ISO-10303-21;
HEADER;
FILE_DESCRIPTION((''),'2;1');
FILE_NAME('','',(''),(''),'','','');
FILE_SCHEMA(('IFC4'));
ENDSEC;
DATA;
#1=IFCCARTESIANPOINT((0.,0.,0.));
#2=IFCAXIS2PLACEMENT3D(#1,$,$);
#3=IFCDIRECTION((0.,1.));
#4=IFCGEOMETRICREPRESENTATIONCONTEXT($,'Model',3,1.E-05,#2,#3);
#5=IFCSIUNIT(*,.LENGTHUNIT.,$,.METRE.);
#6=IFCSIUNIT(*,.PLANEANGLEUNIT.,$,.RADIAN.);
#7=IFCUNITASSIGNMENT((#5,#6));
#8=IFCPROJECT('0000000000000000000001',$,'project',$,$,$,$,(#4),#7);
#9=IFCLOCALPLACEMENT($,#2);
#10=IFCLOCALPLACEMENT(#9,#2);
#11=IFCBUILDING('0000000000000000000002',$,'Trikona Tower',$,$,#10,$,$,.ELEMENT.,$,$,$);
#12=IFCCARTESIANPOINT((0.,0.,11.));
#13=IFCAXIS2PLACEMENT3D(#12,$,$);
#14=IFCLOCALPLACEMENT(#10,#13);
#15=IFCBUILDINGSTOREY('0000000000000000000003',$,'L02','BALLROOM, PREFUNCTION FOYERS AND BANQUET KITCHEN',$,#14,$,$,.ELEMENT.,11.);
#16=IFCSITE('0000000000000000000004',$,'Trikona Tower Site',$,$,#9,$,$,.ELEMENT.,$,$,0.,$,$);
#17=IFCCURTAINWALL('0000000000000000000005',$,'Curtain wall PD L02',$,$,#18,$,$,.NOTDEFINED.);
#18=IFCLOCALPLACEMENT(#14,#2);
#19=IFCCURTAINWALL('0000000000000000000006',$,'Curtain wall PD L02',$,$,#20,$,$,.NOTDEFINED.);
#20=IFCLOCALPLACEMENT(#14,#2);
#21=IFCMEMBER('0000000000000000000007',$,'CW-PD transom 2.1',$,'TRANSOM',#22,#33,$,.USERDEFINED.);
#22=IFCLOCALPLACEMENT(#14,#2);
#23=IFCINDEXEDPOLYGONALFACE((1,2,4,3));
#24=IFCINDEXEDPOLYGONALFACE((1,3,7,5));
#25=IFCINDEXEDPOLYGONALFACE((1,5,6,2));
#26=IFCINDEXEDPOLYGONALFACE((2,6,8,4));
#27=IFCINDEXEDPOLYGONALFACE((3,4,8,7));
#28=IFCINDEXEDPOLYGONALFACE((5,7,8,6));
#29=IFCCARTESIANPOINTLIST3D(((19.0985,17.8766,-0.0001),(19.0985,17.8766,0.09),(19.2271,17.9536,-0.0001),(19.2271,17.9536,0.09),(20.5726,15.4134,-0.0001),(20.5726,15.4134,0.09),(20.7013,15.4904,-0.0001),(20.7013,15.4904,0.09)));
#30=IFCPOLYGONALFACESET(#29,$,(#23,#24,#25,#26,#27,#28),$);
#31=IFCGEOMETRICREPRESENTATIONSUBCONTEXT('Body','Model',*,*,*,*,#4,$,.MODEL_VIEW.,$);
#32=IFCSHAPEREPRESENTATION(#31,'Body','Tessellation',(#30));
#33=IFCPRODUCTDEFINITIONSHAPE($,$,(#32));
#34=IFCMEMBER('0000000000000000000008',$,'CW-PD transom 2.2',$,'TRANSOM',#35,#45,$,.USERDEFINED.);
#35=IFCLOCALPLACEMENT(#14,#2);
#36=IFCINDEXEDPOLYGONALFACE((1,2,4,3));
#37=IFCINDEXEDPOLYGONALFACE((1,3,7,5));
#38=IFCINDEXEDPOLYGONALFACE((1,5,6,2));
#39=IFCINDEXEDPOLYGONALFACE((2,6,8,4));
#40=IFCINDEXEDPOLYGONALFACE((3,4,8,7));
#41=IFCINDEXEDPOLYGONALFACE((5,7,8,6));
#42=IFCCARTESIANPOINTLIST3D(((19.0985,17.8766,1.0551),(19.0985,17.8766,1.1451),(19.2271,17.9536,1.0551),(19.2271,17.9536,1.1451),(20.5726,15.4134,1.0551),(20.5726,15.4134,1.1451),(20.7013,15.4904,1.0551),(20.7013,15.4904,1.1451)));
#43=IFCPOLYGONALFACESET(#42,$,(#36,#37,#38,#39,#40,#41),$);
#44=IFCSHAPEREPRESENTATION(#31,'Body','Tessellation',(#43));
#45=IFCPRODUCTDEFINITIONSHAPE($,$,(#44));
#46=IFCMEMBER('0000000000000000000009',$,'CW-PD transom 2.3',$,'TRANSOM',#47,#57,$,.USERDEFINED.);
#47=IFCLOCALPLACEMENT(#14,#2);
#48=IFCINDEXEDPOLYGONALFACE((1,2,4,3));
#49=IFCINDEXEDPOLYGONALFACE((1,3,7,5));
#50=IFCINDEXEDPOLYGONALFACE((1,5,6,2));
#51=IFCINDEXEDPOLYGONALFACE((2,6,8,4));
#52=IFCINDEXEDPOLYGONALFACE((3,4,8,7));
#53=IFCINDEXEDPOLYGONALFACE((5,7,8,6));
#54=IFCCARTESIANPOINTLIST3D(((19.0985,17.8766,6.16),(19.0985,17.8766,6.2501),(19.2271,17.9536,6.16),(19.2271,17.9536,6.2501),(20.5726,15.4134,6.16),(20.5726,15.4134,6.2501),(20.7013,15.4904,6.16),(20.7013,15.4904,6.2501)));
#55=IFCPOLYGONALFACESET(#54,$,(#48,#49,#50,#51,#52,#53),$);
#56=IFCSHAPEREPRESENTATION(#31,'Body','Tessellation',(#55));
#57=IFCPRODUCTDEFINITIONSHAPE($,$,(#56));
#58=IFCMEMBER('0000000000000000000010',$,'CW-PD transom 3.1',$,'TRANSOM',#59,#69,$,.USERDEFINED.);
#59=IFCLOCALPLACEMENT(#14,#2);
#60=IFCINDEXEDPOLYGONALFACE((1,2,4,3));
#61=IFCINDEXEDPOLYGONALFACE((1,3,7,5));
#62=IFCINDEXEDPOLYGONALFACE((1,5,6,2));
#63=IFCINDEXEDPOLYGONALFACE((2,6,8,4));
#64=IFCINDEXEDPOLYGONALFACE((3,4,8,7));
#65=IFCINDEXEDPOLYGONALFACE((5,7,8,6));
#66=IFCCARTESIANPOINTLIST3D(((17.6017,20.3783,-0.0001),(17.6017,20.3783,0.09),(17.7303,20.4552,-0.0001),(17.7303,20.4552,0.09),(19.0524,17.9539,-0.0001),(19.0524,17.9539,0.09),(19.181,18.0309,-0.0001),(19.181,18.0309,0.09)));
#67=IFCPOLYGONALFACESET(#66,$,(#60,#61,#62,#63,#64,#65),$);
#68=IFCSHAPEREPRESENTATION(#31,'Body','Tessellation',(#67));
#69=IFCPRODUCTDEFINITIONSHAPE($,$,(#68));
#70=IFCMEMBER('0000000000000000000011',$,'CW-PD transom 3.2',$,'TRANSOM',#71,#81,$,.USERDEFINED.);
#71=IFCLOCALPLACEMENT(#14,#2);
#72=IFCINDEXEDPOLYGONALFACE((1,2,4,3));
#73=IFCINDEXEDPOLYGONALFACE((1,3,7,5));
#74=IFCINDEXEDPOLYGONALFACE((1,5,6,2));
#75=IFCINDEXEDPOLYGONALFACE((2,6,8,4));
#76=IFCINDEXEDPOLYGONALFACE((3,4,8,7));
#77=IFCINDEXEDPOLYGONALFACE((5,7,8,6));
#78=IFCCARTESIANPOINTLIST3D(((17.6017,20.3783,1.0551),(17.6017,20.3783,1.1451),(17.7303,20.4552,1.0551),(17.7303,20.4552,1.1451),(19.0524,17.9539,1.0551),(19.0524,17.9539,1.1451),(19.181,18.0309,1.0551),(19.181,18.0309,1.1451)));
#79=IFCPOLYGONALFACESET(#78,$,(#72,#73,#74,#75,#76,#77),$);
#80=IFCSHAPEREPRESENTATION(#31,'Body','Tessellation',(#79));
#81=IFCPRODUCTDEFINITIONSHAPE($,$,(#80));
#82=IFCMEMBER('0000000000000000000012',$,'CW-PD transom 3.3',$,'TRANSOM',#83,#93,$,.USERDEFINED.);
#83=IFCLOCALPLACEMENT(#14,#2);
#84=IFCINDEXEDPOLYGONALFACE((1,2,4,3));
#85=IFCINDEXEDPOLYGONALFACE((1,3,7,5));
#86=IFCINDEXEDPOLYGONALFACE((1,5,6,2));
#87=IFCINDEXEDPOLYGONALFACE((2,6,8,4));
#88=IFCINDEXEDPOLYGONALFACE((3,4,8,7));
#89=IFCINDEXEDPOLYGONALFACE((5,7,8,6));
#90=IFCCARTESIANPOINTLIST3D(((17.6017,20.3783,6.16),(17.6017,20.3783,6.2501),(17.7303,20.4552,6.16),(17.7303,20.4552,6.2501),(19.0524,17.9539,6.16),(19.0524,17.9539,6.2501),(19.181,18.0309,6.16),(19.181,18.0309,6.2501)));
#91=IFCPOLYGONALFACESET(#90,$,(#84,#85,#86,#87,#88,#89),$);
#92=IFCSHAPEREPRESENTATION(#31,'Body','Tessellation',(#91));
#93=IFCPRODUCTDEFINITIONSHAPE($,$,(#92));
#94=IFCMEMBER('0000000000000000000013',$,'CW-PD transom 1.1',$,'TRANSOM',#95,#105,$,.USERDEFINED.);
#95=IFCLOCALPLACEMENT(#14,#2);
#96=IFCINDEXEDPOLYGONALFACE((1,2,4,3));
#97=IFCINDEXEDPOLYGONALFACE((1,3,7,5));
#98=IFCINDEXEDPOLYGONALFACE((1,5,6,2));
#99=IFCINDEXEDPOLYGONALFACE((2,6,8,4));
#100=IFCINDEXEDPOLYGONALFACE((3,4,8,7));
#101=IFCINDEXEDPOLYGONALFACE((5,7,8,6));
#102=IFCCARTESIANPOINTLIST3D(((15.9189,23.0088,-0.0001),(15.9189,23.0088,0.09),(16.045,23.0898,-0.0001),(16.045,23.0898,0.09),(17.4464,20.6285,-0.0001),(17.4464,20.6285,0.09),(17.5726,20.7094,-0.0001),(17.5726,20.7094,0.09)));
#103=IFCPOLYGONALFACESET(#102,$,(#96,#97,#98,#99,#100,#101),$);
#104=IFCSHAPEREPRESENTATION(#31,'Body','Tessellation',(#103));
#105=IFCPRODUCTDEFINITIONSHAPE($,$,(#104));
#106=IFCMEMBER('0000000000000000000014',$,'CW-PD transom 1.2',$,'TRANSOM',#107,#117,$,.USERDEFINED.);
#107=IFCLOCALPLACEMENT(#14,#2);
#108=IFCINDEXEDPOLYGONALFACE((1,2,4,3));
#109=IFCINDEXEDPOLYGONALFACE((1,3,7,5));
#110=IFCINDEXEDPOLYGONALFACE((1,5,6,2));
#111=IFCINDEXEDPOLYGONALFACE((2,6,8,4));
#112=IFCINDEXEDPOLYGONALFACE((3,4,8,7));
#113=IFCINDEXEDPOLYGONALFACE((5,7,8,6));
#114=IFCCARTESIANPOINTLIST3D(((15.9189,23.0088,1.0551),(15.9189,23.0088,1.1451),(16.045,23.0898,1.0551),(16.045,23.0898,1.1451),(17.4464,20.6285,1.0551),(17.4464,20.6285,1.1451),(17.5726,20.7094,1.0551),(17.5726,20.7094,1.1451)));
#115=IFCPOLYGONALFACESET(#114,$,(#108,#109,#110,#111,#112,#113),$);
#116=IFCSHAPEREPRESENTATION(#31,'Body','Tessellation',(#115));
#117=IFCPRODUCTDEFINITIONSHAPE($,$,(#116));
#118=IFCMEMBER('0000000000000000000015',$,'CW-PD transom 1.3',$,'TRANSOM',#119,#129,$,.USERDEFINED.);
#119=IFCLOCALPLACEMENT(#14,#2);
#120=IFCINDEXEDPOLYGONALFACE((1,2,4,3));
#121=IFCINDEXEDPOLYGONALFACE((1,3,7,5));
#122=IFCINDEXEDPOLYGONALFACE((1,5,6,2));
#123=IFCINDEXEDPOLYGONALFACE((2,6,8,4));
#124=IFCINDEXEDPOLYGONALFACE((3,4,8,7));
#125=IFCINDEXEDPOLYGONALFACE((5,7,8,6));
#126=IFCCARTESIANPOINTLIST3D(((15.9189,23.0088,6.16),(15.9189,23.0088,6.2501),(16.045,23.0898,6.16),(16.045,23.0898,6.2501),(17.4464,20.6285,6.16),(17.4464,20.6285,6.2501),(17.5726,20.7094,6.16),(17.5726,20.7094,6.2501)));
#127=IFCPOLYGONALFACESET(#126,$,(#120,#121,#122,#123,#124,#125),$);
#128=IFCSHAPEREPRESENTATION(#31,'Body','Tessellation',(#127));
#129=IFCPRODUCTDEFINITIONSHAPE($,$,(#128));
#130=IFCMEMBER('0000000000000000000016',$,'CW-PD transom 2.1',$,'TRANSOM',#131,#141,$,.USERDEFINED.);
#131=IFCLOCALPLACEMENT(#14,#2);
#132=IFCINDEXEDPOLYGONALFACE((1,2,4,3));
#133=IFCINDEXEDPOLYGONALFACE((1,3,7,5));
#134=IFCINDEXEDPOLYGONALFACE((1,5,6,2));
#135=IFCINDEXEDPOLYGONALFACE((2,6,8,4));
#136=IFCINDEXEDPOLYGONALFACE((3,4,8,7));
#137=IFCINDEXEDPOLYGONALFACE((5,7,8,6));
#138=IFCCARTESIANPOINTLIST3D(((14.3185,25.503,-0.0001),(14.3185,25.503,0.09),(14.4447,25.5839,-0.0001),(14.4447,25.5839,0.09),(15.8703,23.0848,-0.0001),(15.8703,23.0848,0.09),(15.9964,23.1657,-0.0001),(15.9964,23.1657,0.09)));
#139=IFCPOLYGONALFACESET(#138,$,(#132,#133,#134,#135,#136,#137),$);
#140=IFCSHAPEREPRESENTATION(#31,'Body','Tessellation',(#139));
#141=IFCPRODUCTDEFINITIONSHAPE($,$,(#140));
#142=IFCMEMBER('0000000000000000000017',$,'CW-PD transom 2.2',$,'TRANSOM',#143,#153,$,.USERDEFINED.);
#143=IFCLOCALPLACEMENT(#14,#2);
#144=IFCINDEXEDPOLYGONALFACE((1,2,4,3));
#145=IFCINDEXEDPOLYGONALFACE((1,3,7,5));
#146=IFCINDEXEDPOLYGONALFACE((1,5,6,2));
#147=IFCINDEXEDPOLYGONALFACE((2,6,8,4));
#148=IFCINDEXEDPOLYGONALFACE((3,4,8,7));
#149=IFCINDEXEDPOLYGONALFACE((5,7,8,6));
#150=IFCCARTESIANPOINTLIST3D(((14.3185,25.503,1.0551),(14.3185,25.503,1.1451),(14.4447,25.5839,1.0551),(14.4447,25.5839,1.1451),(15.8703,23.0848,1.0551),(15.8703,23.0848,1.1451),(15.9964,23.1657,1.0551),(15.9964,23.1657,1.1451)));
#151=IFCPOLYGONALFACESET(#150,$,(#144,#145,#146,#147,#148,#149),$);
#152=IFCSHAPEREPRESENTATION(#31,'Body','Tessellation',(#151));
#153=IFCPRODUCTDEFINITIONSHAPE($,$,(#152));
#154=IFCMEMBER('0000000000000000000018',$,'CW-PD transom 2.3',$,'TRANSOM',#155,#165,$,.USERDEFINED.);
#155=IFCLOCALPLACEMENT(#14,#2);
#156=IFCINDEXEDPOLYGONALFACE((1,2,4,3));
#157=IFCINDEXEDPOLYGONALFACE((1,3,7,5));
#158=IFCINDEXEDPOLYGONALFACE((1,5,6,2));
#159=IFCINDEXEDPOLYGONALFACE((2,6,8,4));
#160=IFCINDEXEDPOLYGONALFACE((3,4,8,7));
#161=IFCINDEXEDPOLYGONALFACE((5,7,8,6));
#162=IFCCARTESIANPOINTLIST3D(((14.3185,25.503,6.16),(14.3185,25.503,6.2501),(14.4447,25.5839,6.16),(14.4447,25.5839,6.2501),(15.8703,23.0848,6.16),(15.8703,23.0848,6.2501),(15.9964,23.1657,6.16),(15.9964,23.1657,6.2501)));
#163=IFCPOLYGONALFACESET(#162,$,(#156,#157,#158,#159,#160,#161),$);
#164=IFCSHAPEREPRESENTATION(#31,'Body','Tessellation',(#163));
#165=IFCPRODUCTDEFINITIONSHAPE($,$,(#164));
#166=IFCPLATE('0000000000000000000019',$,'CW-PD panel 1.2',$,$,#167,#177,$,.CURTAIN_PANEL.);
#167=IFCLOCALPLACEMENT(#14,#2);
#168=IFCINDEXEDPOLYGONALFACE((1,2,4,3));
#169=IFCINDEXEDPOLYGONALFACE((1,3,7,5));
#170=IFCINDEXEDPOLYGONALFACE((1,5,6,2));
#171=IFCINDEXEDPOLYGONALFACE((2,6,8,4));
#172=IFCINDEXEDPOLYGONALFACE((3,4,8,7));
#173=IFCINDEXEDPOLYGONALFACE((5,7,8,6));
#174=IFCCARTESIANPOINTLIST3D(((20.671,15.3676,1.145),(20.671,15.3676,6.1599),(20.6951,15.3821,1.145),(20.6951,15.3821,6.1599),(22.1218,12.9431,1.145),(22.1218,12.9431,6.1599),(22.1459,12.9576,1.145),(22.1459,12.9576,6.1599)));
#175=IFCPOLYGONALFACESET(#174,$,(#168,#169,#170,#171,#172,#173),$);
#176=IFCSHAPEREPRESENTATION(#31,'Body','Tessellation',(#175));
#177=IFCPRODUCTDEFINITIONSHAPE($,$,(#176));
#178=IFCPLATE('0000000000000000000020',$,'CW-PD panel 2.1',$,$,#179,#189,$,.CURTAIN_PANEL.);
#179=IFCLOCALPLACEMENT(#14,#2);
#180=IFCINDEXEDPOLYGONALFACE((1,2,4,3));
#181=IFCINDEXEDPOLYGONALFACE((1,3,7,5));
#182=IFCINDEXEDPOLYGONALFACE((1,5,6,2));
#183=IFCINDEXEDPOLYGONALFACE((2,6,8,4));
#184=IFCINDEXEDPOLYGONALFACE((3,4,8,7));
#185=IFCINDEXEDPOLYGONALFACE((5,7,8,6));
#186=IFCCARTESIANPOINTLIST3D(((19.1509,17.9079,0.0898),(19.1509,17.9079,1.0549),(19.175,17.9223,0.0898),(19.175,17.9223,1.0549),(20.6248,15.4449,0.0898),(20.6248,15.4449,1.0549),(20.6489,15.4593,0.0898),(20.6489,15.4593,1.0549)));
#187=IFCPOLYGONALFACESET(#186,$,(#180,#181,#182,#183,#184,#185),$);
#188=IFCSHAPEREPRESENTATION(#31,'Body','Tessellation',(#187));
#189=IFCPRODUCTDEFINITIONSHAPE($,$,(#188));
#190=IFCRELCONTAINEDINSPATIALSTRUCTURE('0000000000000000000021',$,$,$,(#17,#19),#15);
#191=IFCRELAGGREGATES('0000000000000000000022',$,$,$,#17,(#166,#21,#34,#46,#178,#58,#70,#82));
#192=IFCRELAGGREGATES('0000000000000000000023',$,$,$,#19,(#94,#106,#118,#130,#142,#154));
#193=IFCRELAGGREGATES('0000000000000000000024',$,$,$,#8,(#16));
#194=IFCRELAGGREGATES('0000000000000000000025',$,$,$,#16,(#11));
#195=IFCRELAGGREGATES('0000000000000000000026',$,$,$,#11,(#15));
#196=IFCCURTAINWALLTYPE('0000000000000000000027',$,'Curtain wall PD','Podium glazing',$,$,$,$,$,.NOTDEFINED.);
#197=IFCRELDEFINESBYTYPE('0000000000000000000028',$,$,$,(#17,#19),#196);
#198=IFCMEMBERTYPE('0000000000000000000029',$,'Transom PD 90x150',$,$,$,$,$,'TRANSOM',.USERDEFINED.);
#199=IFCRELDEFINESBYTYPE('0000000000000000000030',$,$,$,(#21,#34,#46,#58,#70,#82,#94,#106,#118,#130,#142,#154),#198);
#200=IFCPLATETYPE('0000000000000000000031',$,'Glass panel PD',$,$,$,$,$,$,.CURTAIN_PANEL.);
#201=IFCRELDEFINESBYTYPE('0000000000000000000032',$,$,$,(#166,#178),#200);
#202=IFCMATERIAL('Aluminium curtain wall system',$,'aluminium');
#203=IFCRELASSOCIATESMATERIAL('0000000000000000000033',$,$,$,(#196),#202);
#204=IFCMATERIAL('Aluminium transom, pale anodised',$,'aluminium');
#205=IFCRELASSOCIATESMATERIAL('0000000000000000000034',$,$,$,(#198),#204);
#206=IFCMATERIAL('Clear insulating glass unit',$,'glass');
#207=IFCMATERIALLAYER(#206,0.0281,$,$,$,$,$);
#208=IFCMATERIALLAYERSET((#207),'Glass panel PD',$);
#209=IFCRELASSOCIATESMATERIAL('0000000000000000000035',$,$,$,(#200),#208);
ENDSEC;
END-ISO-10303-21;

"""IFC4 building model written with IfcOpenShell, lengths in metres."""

from ifc_helpers import new_model, si_unit, direction, frame, origin, origin_2d, place, context, subcontext, project, spatial, rectangle, extrude, material, layer, layer_set, material_profile, profile_set, type_object, element, aggregate, save


model = new_model("IFC4")

# Units and contexts
model_context = context("Model", 3, precision=1e-05, world=origin(), true_north=direction((0.0, 1.0)))
body_context = subcontext(model_context, "Body", "Model", "MODEL_VIEW")
ifc_project = project(units=[si_unit("LENGTHUNIT", "METRE"), si_unit("PLANEANGLEUNIT", "RADIAN")], contexts=[model_context])

# Site, building, storey
site_placement = place(None, origin())
site = spatial("IfcSite", under=ifc_project, at=site_placement, Name="Trikona Tower Site", CompositionType="ELEMENT", RefElevation=0.0)
building_placement = place(site_placement, origin())
building = spatial("IfcBuilding", under=site, at=building_placement, Name="Trikona Tower", CompositionType="ELEMENT")
storey_placement = place(building_placement, frame((0.0, 0.0, 11.0)))
storey = spatial("IfcBuildingStorey", under=building, at=storey_placement, Name="L02", Description="BALLROOM, PREFUNCTION FOYERS AND BANQUET KITCHEN", CompositionType="ELEMENT", Elevation=11.0)

# Curtain walls
ifc_material_1 = material(Name="Aluminium curtain wall system", Category="aluminium")
curtain_wall_type = type_object("IfcCurtainWallType", Name="Curtain wall PD", Description="Podium glazing", PredefinedType="NOTDEFINED", material=ifc_material_1)
curtain_wall_1_placement = place(storey_placement, origin())
curtain_wall_1 = element("IfcCurtainWall", 1, at=curtain_wall_1_placement, inside=storey, type_object=curtain_wall_type, Name="Curtain wall PD L02", PredefinedType="NOTDEFINED")
curtain_wall_2_placement = place(storey_placement, origin())
curtain_wall_2 = element("IfcCurtainWall", 2, at=curtain_wall_2_placement, inside=storey, type_object=curtain_wall_type, Name="Curtain wall PD L02", PredefinedType="NOTDEFINED")

# Members
ifc_material_2 = material(Name="Aluminium transom, pale anodised", Category="aluminium")
ifc_material_profile_1 = material_profile(ifc_material_2, rectangle(XDim=0.1499, YDim=0.0901, at=origin_2d()), Name="TRN-PD")
ifc_profile_set_1 = profile_set([ifc_material_profile_1], Name="Aluminium transom, pale anodised")
member_type_1 = type_object("IfcMemberType", Name="Transom PD 90x150", ElementType="TRANSOM", PredefinedType="USERDEFINED", material=ifc_profile_set_1)
member_1_placement = place(storey_placement, frame((20.637, 15.4519, 0.0449), z_axis=(-0.513532, 0.85807, 0.0), x_axis=(-0.85807, -0.513532, 0.0)))
member_1 = element("IfcMember", 3, at=member_1_placement, type_object=member_type_1, Name="CW-PD transom 2.1", ObjectType="TRANSOM", PredefinedType="USERDEFINED", context=body_context, shape_type="SweptSolid", body=[
    extrude(rectangle(XDim=0.1499, YDim=0.0901, at=origin_2d()), origin(), (0.0, 0.0, 1.0), 2.8706),
])
member_2_placement = place(storey_placement, frame((20.637, 15.4519, 1.1001), z_axis=(-0.513532, 0.85807, 0.0), x_axis=(-0.85807, -0.513532, 0.0)))
member_2 = element("IfcMember", 4, at=member_2_placement, type_object=member_type_1, Name="CW-PD transom 2.2", ObjectType="TRANSOM", PredefinedType="USERDEFINED", context=body_context, shape_type="SweptSolid", body=[
    extrude(rectangle(XDim=0.1499, YDim=0.0901, at=origin_2d()), origin(), (0.0, 0.0, 1.0), 2.8706),
])
member_3_placement = place(storey_placement, frame((20.637, 15.4519, 6.2051), z_axis=(-0.513532, 0.85807, 0.0), x_axis=(-0.85807, -0.513532, 0.0)))
member_3 = element("IfcMember", 5, at=member_3_placement, type_object=member_type_1, Name="CW-PD transom 2.3", ObjectType="TRANSOM", PredefinedType="USERDEFINED", context=body_context, shape_type="SweptSolid", body=[
    extrude(rectangle(XDim=0.1499, YDim=0.0901, at=origin_2d()), origin(), (0.0, 0.0, 1.0), 2.8706),
])
member_4_placement = place(storey_placement, frame((19.1167, 17.9924, 0.0449), z_axis=(-0.513479, 0.858102, 0.0), x_axis=(-0.858102, -0.513479, 0.0)))
member_4 = element("IfcMember", 6, at=member_4_placement, type_object=member_type_1, Name="CW-PD transom 3.1", ObjectType="TRANSOM", PredefinedType="USERDEFINED", context=body_context, shape_type="SweptSolid", body=[
    extrude(rectangle(XDim=0.1499, YDim=0.0901, at=origin_2d()), origin(), (0.0, 0.0, 1.0), 2.8252),
])
member_5_placement = place(storey_placement, frame((19.1167, 17.9924, 1.1001), z_axis=(-0.513479, 0.858102, 0.0), x_axis=(-0.858102, -0.513479, 0.0)))
member_5 = element("IfcMember", 7, at=member_5_placement, type_object=member_type_1, Name="CW-PD transom 3.2", ObjectType="TRANSOM", PredefinedType="USERDEFINED", context=body_context, shape_type="SweptSolid", body=[
    extrude(rectangle(XDim=0.1499, YDim=0.0901, at=origin_2d()), origin(), (0.0, 0.0, 1.0), 2.8252),
])
member_6_placement = place(storey_placement, frame((19.1167, 17.9924, 6.2051), z_axis=(-0.513479, 0.858102, 0.0), x_axis=(-0.858102, -0.513479, 0.0)))
member_6 = element("IfcMember", 8, at=member_6_placement, type_object=member_type_1, Name="CW-PD transom 3.3", ObjectType="TRANSOM", PredefinedType="USERDEFINED", context=body_context, shape_type="SweptSolid", body=[
    extrude(rectangle(XDim=0.1499, YDim=0.0901, at=origin_2d()), origin(), (0.0, 0.0, 1.0), 2.8252),
])
member_7_placement = place(storey_placement, frame((17.5095, 20.6689, 0.0449), z_axis=(-0.540094, 0.841605, 0.0), x_axis=(-0.841605, -0.540094, 0.0)))
member_7 = element("IfcMember", 9, at=member_7_placement, type_object=member_type_1, Name="CW-PD transom 1.1", ObjectType="TRANSOM", PredefinedType="USERDEFINED", context=body_context, shape_type="SweptSolid", body=[
    extrude(rectangle(XDim=0.1499, YDim=0.0901, at=origin_2d()), origin(), (0.0, 0.0, 1.0), 2.8284),
])
member_8_placement = place(storey_placement, frame((17.5095, 20.6689, 1.1001), z_axis=(-0.540094, 0.841605, 0.0), x_axis=(-0.841605, -0.540094, 0.0)))
member_8 = element("IfcMember", 10, at=member_8_placement, type_object=member_type_1, Name="CW-PD transom 1.2", ObjectType="TRANSOM", PredefinedType="USERDEFINED", context=body_context, shape_type="SweptSolid", body=[
    extrude(rectangle(XDim=0.1499, YDim=0.0901, at=origin_2d()), origin(), (0.0, 0.0, 1.0), 2.8284),
])
member_9_placement = place(storey_placement, frame((17.5095, 20.6689, 6.2051), z_axis=(-0.540094, 0.841605, 0.0), x_axis=(-0.841605, -0.540094, 0.0)))
member_9 = element("IfcMember", 11, at=member_9_placement, type_object=member_type_1, Name="CW-PD transom 1.3", ObjectType="TRANSOM", PredefinedType="USERDEFINED", context=body_context, shape_type="SweptSolid", body=[
    extrude(rectangle(XDim=0.1499, YDim=0.0901, at=origin_2d()), origin(), (0.0, 0.0, 1.0), 2.8284),
])
member_10_placement = place(storey_placement, frame((15.9333, 23.1252, 0.0449), z_axis=(-0.540066, 0.841623, 0.0), x_axis=(-0.841623, -0.540066, 0.0)))
member_10 = element("IfcMember", 12, at=member_10_placement, type_object=member_type_1, Name="CW-PD transom 2.1", ObjectType="TRANSOM", PredefinedType="USERDEFINED", context=body_context, shape_type="SweptSolid", body=[
    extrude(rectangle(XDim=0.1499, YDim=0.0901, at=origin_2d()), origin(), (0.0, 0.0, 1.0), 2.8733),
])
member_11_placement = place(storey_placement, frame((15.9333, 23.1252, 1.1001), z_axis=(-0.540066, 0.841623, 0.0), x_axis=(-0.841623, -0.540066, 0.0)))
member_11 = element("IfcMember", 13, at=member_11_placement, type_object=member_type_1, Name="CW-PD transom 2.2", ObjectType="TRANSOM", PredefinedType="USERDEFINED", context=body_context, shape_type="SweptSolid", body=[
    extrude(rectangle(XDim=0.1499, YDim=0.0901, at=origin_2d()), origin(), (0.0, 0.0, 1.0), 2.8733),
])
member_12_placement = place(storey_placement, frame((15.9333, 23.1252, 6.2051), z_axis=(-0.540066, 0.841623, 0.0), x_axis=(-0.841623, -0.540066, 0.0)))
member_12 = element("IfcMember", 14, at=member_12_placement, type_object=member_type_1, Name="CW-PD transom 2.3", ObjectType="TRANSOM", PredefinedType="USERDEFINED", context=body_context, shape_type="SweptSolid", body=[
    extrude(rectangle(XDim=0.1499, YDim=0.0901, at=origin_2d()), origin(), (0.0, 0.0, 1.0), 2.8733),
])

# Plates
ifc_material_3 = material(Name="Clear insulating glass unit", Category="glass")
ifc_layer_1 = layer(ifc_material_3, 0.0281)
ifc_layer_set_1 = layer_set([ifc_layer_1], Name="Glass panel PD")
plate_type = type_object("IfcPlateType", Name="Glass panel PD", PredefinedType="CURTAIN_PANEL", material=ifc_layer_set_1)
plate_1_placement = place(storey_placement, frame((21.4084, 14.1626, 1.145), z_axis=(0.0, 0.0, 1.0), x_axis=(-0.51349, 0.858095, 0.0)))
plate_1 = element("IfcPlate", 15, at=plate_1_placement, type_object=plate_type, Name="CW-PD panel 1.2", PredefinedType="CURTAIN_PANEL", context=body_context, shape_type="SweptSolid", body=[
    extrude(rectangle(XDim=2.8254, YDim=0.0281, at=origin_2d()), origin(), (0.0, 0.0, 1.0), 5.0149),
])
plate_2_placement = place(storey_placement, frame((19.8999, 16.6836, 0.0898), z_axis=(0.0, 0.0, 1.0), x_axis=(-0.51349, 0.858095, 0.0)))
plate_2 = element("IfcPlate", 16, at=plate_2_placement, type_object=plate_type, Name="CW-PD panel 2.1", PredefinedType="CURTAIN_PANEL", context=body_context, shape_type="SweptSolid", body=[
    extrude(rectangle(XDim=2.8704, YDim=0.0281, at=origin_2d()), origin(), (0.0, 0.0, 1.0), 0.9651),
])
aggregate(curtain_wall_1, [plate_1, member_1, member_2, member_3, plate_2, member_4, member_5, member_6])
aggregate(curtain_wall_2, [member_7, member_8, member_9, member_10, member_11, member_12])

save(model, "model.ifc")
